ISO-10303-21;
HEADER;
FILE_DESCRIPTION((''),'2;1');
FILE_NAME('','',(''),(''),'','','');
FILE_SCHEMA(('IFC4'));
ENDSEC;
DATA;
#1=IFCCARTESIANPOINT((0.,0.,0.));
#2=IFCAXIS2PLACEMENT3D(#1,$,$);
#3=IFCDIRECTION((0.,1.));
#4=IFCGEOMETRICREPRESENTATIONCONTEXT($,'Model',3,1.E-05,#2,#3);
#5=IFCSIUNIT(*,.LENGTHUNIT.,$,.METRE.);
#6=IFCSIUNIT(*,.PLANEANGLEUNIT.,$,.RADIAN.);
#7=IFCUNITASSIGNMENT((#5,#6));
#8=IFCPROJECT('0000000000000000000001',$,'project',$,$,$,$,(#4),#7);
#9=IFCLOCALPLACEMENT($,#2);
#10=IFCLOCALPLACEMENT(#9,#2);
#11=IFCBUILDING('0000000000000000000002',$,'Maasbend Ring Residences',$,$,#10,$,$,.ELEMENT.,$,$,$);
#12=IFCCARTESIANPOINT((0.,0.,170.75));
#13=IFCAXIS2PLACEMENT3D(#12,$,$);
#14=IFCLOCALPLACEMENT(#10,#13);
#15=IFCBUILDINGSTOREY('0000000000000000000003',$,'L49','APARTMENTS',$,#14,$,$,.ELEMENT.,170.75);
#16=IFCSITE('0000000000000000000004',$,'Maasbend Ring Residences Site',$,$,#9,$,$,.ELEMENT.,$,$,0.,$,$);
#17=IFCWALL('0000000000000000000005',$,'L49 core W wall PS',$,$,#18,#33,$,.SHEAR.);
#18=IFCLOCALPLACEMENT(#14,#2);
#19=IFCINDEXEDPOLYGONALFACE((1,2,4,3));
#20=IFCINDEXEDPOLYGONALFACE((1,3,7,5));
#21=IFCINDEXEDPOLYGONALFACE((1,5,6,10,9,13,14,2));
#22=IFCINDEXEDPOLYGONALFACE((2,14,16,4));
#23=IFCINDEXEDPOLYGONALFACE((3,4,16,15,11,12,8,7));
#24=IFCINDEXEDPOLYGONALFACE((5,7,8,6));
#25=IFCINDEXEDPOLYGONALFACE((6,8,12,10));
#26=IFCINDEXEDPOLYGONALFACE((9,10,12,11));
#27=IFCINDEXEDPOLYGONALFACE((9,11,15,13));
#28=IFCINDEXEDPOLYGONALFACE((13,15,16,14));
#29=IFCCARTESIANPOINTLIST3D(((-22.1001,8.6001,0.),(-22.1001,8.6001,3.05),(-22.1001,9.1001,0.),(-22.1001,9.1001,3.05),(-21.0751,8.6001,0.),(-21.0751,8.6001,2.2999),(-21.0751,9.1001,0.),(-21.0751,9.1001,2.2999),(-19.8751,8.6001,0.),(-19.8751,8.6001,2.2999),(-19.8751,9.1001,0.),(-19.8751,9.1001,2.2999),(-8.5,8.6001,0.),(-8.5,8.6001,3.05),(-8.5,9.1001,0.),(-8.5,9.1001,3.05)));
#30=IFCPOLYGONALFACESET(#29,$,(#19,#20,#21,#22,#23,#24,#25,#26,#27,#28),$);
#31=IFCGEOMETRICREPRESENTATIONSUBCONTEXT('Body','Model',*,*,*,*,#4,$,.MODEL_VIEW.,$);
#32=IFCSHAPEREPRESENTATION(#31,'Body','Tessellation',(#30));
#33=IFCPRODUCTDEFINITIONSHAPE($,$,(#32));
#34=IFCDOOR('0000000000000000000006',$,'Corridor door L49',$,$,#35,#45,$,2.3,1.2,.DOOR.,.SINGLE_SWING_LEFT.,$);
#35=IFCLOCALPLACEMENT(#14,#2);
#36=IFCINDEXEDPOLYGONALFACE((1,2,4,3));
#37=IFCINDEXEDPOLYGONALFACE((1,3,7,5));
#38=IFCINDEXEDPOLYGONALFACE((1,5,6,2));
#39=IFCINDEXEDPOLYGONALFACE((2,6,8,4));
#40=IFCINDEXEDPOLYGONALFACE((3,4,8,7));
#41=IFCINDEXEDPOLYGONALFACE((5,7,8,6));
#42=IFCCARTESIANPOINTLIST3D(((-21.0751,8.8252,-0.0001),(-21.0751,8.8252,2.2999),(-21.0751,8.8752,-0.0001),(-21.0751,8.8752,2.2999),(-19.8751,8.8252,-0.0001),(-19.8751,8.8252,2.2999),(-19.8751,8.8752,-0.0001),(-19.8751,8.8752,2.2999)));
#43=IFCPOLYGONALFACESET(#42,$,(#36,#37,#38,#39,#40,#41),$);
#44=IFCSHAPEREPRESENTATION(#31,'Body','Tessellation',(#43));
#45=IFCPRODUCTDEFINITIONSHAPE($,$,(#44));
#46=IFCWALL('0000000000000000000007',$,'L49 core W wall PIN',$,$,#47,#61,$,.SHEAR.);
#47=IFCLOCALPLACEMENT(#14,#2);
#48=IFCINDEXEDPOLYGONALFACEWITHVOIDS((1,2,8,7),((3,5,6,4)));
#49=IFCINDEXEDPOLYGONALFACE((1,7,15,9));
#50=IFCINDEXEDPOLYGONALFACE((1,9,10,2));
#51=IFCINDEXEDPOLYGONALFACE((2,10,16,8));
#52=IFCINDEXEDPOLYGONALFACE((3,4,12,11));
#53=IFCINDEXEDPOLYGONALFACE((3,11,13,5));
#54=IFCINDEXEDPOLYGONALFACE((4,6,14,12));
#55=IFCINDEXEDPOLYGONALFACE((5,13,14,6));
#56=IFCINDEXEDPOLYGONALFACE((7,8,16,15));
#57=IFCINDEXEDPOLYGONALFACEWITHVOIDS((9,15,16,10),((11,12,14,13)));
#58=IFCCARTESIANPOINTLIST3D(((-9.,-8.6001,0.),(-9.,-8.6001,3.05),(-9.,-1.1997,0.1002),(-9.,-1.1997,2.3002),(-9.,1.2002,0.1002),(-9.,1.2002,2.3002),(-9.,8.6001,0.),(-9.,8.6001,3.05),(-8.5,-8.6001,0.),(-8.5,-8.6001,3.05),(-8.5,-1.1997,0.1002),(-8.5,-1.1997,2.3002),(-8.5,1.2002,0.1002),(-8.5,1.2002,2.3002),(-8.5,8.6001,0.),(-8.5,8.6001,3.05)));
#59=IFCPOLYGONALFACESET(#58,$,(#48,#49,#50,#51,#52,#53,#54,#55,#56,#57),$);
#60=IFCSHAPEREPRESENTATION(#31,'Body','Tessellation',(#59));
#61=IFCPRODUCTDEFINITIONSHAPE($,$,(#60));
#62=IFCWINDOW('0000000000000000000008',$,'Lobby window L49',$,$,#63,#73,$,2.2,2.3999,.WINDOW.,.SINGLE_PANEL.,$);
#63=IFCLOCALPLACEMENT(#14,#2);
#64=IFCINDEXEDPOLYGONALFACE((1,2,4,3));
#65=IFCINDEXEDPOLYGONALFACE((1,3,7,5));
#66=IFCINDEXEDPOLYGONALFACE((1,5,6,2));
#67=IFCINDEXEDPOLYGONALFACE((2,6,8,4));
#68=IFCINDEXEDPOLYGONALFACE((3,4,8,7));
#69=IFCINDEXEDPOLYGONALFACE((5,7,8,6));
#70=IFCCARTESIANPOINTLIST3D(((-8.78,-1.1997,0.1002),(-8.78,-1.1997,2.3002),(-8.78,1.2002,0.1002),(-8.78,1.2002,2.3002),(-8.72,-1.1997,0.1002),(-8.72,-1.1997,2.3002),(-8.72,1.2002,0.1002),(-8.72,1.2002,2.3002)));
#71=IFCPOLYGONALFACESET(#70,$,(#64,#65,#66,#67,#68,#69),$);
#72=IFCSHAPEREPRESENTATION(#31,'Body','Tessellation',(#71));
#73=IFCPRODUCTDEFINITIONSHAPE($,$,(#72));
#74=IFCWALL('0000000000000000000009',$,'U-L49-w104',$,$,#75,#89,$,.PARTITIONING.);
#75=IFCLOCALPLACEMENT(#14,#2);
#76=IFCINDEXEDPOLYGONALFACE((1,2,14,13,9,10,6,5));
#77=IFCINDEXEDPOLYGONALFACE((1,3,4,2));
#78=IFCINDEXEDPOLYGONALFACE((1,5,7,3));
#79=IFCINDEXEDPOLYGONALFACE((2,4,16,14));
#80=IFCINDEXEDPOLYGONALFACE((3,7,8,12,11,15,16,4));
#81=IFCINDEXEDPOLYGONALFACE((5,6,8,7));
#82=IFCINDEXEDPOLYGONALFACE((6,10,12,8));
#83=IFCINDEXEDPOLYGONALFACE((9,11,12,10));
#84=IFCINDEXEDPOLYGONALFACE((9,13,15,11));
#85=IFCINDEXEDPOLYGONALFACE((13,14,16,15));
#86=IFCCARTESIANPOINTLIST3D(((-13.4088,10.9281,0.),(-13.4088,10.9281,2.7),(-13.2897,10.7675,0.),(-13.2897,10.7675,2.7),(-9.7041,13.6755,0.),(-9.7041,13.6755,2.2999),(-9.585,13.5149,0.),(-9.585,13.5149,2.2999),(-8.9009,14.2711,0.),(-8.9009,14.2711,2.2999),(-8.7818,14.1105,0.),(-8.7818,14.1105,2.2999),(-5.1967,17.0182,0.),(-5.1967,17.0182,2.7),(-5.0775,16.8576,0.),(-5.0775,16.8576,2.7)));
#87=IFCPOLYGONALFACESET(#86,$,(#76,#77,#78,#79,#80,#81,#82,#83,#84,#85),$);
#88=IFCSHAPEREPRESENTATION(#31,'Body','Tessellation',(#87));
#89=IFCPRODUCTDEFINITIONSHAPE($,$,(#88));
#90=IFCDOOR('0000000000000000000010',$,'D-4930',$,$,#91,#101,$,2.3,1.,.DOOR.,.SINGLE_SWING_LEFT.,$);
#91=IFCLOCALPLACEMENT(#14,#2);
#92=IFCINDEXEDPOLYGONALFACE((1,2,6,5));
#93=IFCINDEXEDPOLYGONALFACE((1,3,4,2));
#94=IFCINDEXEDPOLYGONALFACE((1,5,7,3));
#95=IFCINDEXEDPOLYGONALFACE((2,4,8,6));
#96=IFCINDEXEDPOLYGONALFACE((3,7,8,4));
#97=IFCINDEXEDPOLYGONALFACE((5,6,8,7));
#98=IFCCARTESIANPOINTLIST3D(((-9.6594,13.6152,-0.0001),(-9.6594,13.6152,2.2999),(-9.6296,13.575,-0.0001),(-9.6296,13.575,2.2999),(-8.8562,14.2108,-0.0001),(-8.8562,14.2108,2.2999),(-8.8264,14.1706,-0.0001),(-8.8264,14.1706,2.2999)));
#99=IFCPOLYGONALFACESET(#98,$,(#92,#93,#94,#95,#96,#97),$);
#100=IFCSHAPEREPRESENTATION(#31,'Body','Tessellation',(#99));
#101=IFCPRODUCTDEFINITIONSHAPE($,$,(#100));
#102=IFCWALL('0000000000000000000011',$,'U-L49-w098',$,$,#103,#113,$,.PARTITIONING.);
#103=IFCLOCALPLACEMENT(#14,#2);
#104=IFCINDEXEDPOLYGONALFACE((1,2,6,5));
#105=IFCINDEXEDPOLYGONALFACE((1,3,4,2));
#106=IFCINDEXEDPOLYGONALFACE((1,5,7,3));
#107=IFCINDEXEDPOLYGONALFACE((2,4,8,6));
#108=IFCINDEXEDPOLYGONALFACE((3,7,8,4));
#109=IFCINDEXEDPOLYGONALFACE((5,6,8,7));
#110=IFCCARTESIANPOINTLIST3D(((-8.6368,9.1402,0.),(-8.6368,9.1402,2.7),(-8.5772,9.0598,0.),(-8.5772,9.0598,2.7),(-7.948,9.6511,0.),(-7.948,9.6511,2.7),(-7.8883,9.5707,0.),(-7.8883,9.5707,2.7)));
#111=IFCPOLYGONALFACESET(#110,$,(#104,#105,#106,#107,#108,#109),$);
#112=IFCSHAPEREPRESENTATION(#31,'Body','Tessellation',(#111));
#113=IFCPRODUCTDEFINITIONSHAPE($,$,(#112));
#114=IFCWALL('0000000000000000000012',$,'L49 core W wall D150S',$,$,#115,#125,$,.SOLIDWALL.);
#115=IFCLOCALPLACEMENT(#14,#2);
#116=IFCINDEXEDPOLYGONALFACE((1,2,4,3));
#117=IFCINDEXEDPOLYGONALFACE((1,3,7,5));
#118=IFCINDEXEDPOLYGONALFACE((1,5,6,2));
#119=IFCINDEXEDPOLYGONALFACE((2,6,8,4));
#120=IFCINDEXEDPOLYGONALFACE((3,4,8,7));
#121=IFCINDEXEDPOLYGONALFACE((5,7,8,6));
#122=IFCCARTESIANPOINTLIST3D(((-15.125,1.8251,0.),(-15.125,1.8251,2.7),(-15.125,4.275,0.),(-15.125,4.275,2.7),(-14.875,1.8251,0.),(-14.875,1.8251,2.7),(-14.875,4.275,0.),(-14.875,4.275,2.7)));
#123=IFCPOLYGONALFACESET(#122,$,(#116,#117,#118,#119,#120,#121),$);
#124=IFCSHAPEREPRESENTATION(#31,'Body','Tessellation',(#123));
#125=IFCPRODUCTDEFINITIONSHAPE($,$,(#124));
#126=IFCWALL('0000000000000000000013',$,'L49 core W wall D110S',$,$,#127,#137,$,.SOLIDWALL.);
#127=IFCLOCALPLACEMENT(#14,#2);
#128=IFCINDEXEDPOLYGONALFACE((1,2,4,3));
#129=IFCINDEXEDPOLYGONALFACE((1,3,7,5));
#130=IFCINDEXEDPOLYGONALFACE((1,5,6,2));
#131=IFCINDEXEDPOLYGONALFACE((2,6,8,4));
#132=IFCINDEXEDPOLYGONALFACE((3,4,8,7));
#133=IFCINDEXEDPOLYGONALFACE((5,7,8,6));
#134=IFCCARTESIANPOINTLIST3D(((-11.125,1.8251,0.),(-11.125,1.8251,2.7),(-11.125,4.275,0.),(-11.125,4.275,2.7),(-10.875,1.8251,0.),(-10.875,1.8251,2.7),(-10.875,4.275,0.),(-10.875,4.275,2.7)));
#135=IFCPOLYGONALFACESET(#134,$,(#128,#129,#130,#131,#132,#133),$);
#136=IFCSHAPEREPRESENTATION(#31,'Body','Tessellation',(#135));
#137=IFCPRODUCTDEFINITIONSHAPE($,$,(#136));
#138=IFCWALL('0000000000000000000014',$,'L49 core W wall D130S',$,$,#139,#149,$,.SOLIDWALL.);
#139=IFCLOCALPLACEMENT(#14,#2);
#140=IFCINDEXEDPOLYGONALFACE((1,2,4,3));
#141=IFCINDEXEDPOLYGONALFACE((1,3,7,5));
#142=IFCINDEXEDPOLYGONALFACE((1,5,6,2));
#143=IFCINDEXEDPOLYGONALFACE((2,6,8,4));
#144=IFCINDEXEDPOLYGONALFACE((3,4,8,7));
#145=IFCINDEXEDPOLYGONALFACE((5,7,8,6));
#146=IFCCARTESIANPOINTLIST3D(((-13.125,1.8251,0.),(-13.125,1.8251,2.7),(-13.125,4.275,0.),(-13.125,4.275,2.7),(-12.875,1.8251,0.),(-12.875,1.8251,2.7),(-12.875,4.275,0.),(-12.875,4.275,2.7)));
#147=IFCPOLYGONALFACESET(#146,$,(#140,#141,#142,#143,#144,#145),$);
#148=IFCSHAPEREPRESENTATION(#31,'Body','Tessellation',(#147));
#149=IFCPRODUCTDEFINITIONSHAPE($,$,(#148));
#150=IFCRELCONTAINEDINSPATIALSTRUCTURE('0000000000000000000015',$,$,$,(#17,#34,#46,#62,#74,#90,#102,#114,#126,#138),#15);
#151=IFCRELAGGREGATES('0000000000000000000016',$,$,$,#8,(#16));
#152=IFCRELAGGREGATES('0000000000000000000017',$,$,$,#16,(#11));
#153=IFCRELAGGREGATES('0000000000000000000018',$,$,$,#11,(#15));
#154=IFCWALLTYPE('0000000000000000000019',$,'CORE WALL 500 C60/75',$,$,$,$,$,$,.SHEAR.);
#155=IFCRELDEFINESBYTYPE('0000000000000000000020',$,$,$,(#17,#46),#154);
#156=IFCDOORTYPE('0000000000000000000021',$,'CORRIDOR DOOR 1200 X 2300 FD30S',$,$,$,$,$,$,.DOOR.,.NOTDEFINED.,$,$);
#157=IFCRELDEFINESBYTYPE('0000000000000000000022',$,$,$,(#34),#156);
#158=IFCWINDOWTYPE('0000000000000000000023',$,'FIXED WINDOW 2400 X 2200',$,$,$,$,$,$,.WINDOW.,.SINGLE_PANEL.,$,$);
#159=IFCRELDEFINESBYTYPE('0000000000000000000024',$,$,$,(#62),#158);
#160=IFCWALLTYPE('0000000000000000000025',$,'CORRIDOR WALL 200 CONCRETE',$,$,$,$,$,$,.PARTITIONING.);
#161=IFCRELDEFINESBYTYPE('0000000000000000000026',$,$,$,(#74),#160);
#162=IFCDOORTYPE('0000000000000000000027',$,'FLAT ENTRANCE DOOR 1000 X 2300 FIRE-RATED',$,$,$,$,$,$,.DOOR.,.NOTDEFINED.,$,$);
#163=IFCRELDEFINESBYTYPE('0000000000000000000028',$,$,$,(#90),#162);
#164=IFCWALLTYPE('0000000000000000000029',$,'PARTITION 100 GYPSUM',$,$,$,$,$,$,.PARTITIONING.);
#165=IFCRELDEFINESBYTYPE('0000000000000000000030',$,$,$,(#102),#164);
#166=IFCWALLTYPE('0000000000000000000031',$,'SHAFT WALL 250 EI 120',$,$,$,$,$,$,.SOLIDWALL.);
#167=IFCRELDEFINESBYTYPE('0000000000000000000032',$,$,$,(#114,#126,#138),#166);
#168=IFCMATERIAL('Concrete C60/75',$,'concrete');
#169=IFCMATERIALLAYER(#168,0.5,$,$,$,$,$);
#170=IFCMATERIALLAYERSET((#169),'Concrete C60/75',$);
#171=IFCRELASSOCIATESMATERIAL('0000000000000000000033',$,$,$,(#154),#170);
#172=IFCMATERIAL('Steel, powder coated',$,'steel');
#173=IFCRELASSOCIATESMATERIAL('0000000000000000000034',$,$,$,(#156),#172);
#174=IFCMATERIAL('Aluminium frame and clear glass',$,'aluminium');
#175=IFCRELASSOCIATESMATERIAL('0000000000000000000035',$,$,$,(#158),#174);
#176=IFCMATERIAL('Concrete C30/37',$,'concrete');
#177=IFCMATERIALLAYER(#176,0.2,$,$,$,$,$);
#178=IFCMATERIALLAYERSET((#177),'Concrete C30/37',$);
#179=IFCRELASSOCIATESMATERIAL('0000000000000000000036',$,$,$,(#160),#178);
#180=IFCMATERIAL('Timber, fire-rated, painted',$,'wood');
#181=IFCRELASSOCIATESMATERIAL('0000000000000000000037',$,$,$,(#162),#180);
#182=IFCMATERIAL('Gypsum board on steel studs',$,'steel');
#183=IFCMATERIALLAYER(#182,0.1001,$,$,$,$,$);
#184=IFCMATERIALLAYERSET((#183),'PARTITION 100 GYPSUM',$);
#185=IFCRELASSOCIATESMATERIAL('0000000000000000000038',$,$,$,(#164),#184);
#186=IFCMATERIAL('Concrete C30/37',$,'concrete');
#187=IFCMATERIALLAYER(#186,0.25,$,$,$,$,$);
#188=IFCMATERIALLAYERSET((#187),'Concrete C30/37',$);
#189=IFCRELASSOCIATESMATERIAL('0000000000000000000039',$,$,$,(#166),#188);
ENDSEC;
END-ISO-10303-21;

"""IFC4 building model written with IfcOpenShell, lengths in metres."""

from ifc_helpers import new_model, si_unit, direction, frame, frame_2d, origin, place, context, subcontext, project, spatial, rectangle, extrude, material, layer, layer_set, type_object, element, fill, save


model = new_model("IFC4")

# Units and contexts
model_context = context("Model", 3, precision=1e-05, world=origin(), true_north=direction((0.0, 1.0)))
body_context = subcontext(model_context, "Body", "Model", "MODEL_VIEW")
ifc_project = project(units=[si_unit("LENGTHUNIT", "METRE"), si_unit("PLANEANGLEUNIT", "RADIAN")], contexts=[model_context])

# Site, building, storey
site_placement = place(None, origin())
site = spatial("IfcSite", under=ifc_project, at=site_placement, Name="Maasbend Ring Residences Site", CompositionType="ELEMENT", RefElevation=0.0)
building_placement = place(site_placement, origin())
building = spatial("IfcBuilding", under=site, at=building_placement, Name="Maasbend Ring Residences", CompositionType="ELEMENT")
storey_placement = place(building_placement, frame((0.0, 0.0, 170.75)))
storey = spatial("IfcBuildingStorey", under=building, at=storey_placement, Name="L49", Description="APARTMENTS", CompositionType="ELEMENT", Elevation=170.75)

# Wall, opening, door
ifc_material_1 = material(Name="Concrete C60/75", Category="concrete")
ifc_layer_1 = layer(ifc_material_1, 0.5)
ifc_layer_set_1 = layer_set([ifc_layer_1], Name="Concrete C60/75")
wall_type_1 = type_object("IfcWallType", Name="CORE WALL 500 C60/75", PredefinedType="SHEAR", material=ifc_layer_set_1)
wall_1_placement = place(storey_placement, frame((-8.5, 8.8501, 0.0), z_axis=(0.0, 0.0, 1.0), x_axis=(-1.0, 0.0, 0.0)))
wall_1 = element("IfcWall", 1, at=wall_1_placement, inside=storey, type_object=wall_type_1, Name="L49 core W wall PS", PredefinedType="SHEAR", context=body_context, shape_type="SweptSolid", body=[
    extrude(rectangle(XDim=13.6001, YDim=0.5, at=frame_2d((6.8, 0.0))), origin(), (0.0, 0.0, 1.0), 3.05),
])
opening_1_placement = place(wall_1_placement, frame((11.375, 0.0, 0.0)))
opening_1 = element("IfcOpeningElement", 2, at=opening_1_placement, cuts=wall_1, PredefinedType="OPENING", context=body_context, shape_type="SweptSolid", body=[
    extrude(rectangle(XDim=1.2, YDim=2.3, at=frame_2d((0.6001, 1.1499))), frame((0.0, 0.26, 0.0), z_axis=(0.0, -1.0, 0.0), x_axis=(1.0, 0.0, 0.0)), (0.0, 0.0, 1.0), 0.52),
])
ifc_material_2 = material(Name="Steel, powder coated", Category="steel")
door_type_1 = type_object("IfcDoorType", Name="CORRIDOR DOOR 1200 X 2300 FD30S", OperationType="NOTDEFINED", PredefinedType="DOOR", material=ifc_material_2)
door_1_placement = place(opening_1_placement, origin())
door_1 = element("IfcDoor", 3, at=door_1_placement, inside=storey, type_object=door_type_1, Name="Corridor door L49", OperationType="SINGLE_SWING_LEFT", OverallHeight=2.3, OverallWidth=1.2, PredefinedType="DOOR", context=body_context, shape_type="SweptSolid", body=[
    extrude(rectangle(XDim=1.2, YDim=2.3, at=frame_2d((0.6001, 1.1499))), frame((0.0, 0.0249, 0.0), z_axis=(0.0, -1.0, 0.0), x_axis=(1.0, 0.0, 0.0)), (0.0, 0.0, 1.0), 0.05),
])
fill(opening_1, door_1)

# Wall, opening, window
wall_2_placement = place(storey_placement, frame((-8.75, 8.6001, 0.0), z_axis=(0.0, 0.0, 1.0), x_axis=(0.0, -1.0, 0.0)))
wall_2 = element("IfcWall", 4, at=wall_2_placement, inside=storey, type_object=wall_type_1, Name="L49 core W wall PIN", PredefinedType="SHEAR", context=body_context, shape_type="SweptSolid", body=[
    extrude(rectangle(XDim=17.2002, YDim=0.5, at=frame_2d((8.6001, 0.0))), origin(), (0.0, 0.0, 1.0), 3.05),
])
opening_2_placement = place(wall_2_placement, frame((7.3999, 0.0, 0.1001)))
opening_2 = element("IfcOpeningElement", 5, at=opening_2_placement, cuts=wall_2, PredefinedType="OPENING", context=body_context, shape_type="SweptSolid", body=[
    extrude(rectangle(XDim=2.3999, YDim=2.2, at=frame_2d((1.2, 1.1001))), frame((0.0, 0.26, 0.0), z_axis=(0.0, -1.0, 0.0), x_axis=(1.0, 0.0, 0.0)), (0.0, 0.0, 1.0), 0.52),
])
ifc_material_3 = material(Name="Aluminium frame and clear glass", Category="aluminium")
window_type = type_object("IfcWindowType", Name="FIXED WINDOW 2400 X 2200", PartitioningType="SINGLE_PANEL", PredefinedType="WINDOW", material=ifc_material_3)
window_placement = place(opening_2_placement, origin())
window = element("IfcWindow", 6, at=window_placement, inside=storey, type_object=window_type, Name="Lobby window L49", OverallHeight=2.2, OverallWidth=2.3999, PartitioningType="SINGLE_PANEL", PredefinedType="WINDOW", context=body_context, shape_type="SweptSolid", body=[
    extrude(rectangle(XDim=2.3999, YDim=2.2, at=frame_2d((1.2, 1.1001))), frame((0.0, 0.03, 0.0), z_axis=(0.0, -1.0, 0.0), x_axis=(1.0, 0.0, 0.0)), (0.0, 0.0, 1.0), 0.0601),
])
fill(opening_2, window)

# Wall, opening, door
ifc_material_4 = material(Name="Concrete C30/37", Category="concrete")
ifc_layer_2 = layer(ifc_material_4, 0.2)
ifc_layer_set_2 = layer_set([ifc_layer_2], Name="Concrete C30/37")
wall_type_2 = type_object("IfcWallType", Name="CORRIDOR WALL 200 CONCRETE", PredefinedType="PARTITIONING", material=ifc_layer_set_2)
wall_3_placement = place(storey_placement, frame((-13.3491, 10.8479, 0.0), z_axis=(0.0, 0.0, 1.0), x_axis=(0.803229, 0.59567, 0.0)))
wall_3 = element("IfcWall", 7, at=wall_3_placement, inside=storey, type_object=wall_type_2, Name="U-L49-w104", PredefinedType="PARTITIONING", context=body_context, shape_type="SweptSolid", body=[
    extrude(rectangle(XDim=10.2239, YDim=0.2, at=frame_2d((5.1118, 0.0))), origin(), (0.0, 0.0, 1.0), 2.7),
])
opening_3_placement = place(wall_3_placement, frame((4.6121, 0.0, 0.0)))
opening_3 = element("IfcOpeningElement", 8, at=opening_3_placement, cuts=wall_3, PredefinedType="OPENING", context=body_context, shape_type="SweptSolid", body=[
    extrude(rectangle(XDim=1.0, YDim=2.3, at=frame_2d((0.5, 1.1499))), frame((0.0, 0.1099, 0.0), z_axis=(0.0, -1.0, 0.0), x_axis=(1.0, 0.0, 0.0)), (0.0, 0.0, 1.0), 0.22),
])
ifc_material_5 = material(Name="Timber, fire-rated, painted", Category="wood")
door_type_2 = type_object("IfcDoorType", Name="FLAT ENTRANCE DOOR 1000 X 2300 FIRE-RATED", OperationType="NOTDEFINED", PredefinedType="DOOR", material=ifc_material_5)
door_2_placement = place(opening_3_placement, origin())
door_2 = element("IfcDoor", 9, at=door_2_placement, inside=storey, type_object=door_type_2, Name="D-4930", OperationType="SINGLE_SWING_LEFT", OverallHeight=2.3, OverallWidth=1.0, PredefinedType="DOOR", context=body_context, shape_type="SweptSolid", body=[
    extrude(rectangle(XDim=1.0, YDim=2.3, at=frame_2d((0.5, 1.1499))), frame((0.0, 0.0249, 0.0), z_axis=(0.0, -1.0, 0.0), x_axis=(1.0, 0.0, 0.0)), (0.0, 0.0, 1.0), 0.05),
])
fill(opening_3, door_2)

# Walls
ifc_material_6 = material(Name="Gypsum board on steel studs", Category="steel")
ifc_layer_3 = layer(ifc_material_6, 0.1001)
ifc_layer_set_3 = layer_set([ifc_layer_3], Name="PARTITION 100 GYPSUM")
wall_type_3 = type_object("IfcWallType", Name="PARTITION 100 GYPSUM", PredefinedType="PARTITIONING", material=ifc_layer_set_3)
wall_4_placement = place(storey_placement, frame((-8.6069, 9.1001, 0.0), z_axis=(0.0, 0.0, 1.0), x_axis=(0.803199, 0.595711, 0.0)))
element("IfcWall", 10, at=wall_4_placement, inside=storey, type_object=wall_type_3, Name="U-L49-w098", PredefinedType="PARTITIONING", context=body_context, shape_type="SweptSolid", body=[
    extrude(rectangle(XDim=0.8577, YDim=0.1001, at=frame_2d((0.4287, 0.0))), origin(), (0.0, 0.0, 1.0), 2.7),
])
ifc_material_7 = material(Name="Concrete C30/37", Category="concrete")
ifc_layer_4 = layer(ifc_material_7, 0.25)
ifc_layer_set_4 = layer_set([ifc_layer_4], Name="Concrete C30/37")
wall_type_4 = type_object("IfcWallType", Name="SHAFT WALL 250 EI 120", PredefinedType="SOLIDWALL", material=ifc_layer_set_4)
for number, where, z_axis, x_axis, name in (
    (11, (-15.0, 1.825, 0.0), (0.0, 0.0, 1.0), (0.0, 1.0, 0.0), "L49 core W wall D150S"),
    (12, (-11.0, 1.825, 0.0), (0.0, 0.0, 1.0), (0.0, 1.0, 0.0), "L49 core W wall D110S"),
    (13, (-13.0, 1.825, 0.0), (0.0, 0.0, 1.0), (0.0, 1.0, 0.0), "L49 core W wall D130S"),
):
    element("IfcWall", number, at=place(storey_placement, frame(where, z_axis=z_axis, x_axis=x_axis)), inside=storey, type_object=wall_type_4, Name=name, PredefinedType="SOLIDWALL", context=body_context, shape_type="SweptSolid", body=[
        extrude(rectangle(XDim=2.45, YDim=0.25, at=frame_2d((1.2251, 0.0))), origin(), (0.0, 0.0, 1.0), 2.7),
    ])

save(model, "model.ifc")
